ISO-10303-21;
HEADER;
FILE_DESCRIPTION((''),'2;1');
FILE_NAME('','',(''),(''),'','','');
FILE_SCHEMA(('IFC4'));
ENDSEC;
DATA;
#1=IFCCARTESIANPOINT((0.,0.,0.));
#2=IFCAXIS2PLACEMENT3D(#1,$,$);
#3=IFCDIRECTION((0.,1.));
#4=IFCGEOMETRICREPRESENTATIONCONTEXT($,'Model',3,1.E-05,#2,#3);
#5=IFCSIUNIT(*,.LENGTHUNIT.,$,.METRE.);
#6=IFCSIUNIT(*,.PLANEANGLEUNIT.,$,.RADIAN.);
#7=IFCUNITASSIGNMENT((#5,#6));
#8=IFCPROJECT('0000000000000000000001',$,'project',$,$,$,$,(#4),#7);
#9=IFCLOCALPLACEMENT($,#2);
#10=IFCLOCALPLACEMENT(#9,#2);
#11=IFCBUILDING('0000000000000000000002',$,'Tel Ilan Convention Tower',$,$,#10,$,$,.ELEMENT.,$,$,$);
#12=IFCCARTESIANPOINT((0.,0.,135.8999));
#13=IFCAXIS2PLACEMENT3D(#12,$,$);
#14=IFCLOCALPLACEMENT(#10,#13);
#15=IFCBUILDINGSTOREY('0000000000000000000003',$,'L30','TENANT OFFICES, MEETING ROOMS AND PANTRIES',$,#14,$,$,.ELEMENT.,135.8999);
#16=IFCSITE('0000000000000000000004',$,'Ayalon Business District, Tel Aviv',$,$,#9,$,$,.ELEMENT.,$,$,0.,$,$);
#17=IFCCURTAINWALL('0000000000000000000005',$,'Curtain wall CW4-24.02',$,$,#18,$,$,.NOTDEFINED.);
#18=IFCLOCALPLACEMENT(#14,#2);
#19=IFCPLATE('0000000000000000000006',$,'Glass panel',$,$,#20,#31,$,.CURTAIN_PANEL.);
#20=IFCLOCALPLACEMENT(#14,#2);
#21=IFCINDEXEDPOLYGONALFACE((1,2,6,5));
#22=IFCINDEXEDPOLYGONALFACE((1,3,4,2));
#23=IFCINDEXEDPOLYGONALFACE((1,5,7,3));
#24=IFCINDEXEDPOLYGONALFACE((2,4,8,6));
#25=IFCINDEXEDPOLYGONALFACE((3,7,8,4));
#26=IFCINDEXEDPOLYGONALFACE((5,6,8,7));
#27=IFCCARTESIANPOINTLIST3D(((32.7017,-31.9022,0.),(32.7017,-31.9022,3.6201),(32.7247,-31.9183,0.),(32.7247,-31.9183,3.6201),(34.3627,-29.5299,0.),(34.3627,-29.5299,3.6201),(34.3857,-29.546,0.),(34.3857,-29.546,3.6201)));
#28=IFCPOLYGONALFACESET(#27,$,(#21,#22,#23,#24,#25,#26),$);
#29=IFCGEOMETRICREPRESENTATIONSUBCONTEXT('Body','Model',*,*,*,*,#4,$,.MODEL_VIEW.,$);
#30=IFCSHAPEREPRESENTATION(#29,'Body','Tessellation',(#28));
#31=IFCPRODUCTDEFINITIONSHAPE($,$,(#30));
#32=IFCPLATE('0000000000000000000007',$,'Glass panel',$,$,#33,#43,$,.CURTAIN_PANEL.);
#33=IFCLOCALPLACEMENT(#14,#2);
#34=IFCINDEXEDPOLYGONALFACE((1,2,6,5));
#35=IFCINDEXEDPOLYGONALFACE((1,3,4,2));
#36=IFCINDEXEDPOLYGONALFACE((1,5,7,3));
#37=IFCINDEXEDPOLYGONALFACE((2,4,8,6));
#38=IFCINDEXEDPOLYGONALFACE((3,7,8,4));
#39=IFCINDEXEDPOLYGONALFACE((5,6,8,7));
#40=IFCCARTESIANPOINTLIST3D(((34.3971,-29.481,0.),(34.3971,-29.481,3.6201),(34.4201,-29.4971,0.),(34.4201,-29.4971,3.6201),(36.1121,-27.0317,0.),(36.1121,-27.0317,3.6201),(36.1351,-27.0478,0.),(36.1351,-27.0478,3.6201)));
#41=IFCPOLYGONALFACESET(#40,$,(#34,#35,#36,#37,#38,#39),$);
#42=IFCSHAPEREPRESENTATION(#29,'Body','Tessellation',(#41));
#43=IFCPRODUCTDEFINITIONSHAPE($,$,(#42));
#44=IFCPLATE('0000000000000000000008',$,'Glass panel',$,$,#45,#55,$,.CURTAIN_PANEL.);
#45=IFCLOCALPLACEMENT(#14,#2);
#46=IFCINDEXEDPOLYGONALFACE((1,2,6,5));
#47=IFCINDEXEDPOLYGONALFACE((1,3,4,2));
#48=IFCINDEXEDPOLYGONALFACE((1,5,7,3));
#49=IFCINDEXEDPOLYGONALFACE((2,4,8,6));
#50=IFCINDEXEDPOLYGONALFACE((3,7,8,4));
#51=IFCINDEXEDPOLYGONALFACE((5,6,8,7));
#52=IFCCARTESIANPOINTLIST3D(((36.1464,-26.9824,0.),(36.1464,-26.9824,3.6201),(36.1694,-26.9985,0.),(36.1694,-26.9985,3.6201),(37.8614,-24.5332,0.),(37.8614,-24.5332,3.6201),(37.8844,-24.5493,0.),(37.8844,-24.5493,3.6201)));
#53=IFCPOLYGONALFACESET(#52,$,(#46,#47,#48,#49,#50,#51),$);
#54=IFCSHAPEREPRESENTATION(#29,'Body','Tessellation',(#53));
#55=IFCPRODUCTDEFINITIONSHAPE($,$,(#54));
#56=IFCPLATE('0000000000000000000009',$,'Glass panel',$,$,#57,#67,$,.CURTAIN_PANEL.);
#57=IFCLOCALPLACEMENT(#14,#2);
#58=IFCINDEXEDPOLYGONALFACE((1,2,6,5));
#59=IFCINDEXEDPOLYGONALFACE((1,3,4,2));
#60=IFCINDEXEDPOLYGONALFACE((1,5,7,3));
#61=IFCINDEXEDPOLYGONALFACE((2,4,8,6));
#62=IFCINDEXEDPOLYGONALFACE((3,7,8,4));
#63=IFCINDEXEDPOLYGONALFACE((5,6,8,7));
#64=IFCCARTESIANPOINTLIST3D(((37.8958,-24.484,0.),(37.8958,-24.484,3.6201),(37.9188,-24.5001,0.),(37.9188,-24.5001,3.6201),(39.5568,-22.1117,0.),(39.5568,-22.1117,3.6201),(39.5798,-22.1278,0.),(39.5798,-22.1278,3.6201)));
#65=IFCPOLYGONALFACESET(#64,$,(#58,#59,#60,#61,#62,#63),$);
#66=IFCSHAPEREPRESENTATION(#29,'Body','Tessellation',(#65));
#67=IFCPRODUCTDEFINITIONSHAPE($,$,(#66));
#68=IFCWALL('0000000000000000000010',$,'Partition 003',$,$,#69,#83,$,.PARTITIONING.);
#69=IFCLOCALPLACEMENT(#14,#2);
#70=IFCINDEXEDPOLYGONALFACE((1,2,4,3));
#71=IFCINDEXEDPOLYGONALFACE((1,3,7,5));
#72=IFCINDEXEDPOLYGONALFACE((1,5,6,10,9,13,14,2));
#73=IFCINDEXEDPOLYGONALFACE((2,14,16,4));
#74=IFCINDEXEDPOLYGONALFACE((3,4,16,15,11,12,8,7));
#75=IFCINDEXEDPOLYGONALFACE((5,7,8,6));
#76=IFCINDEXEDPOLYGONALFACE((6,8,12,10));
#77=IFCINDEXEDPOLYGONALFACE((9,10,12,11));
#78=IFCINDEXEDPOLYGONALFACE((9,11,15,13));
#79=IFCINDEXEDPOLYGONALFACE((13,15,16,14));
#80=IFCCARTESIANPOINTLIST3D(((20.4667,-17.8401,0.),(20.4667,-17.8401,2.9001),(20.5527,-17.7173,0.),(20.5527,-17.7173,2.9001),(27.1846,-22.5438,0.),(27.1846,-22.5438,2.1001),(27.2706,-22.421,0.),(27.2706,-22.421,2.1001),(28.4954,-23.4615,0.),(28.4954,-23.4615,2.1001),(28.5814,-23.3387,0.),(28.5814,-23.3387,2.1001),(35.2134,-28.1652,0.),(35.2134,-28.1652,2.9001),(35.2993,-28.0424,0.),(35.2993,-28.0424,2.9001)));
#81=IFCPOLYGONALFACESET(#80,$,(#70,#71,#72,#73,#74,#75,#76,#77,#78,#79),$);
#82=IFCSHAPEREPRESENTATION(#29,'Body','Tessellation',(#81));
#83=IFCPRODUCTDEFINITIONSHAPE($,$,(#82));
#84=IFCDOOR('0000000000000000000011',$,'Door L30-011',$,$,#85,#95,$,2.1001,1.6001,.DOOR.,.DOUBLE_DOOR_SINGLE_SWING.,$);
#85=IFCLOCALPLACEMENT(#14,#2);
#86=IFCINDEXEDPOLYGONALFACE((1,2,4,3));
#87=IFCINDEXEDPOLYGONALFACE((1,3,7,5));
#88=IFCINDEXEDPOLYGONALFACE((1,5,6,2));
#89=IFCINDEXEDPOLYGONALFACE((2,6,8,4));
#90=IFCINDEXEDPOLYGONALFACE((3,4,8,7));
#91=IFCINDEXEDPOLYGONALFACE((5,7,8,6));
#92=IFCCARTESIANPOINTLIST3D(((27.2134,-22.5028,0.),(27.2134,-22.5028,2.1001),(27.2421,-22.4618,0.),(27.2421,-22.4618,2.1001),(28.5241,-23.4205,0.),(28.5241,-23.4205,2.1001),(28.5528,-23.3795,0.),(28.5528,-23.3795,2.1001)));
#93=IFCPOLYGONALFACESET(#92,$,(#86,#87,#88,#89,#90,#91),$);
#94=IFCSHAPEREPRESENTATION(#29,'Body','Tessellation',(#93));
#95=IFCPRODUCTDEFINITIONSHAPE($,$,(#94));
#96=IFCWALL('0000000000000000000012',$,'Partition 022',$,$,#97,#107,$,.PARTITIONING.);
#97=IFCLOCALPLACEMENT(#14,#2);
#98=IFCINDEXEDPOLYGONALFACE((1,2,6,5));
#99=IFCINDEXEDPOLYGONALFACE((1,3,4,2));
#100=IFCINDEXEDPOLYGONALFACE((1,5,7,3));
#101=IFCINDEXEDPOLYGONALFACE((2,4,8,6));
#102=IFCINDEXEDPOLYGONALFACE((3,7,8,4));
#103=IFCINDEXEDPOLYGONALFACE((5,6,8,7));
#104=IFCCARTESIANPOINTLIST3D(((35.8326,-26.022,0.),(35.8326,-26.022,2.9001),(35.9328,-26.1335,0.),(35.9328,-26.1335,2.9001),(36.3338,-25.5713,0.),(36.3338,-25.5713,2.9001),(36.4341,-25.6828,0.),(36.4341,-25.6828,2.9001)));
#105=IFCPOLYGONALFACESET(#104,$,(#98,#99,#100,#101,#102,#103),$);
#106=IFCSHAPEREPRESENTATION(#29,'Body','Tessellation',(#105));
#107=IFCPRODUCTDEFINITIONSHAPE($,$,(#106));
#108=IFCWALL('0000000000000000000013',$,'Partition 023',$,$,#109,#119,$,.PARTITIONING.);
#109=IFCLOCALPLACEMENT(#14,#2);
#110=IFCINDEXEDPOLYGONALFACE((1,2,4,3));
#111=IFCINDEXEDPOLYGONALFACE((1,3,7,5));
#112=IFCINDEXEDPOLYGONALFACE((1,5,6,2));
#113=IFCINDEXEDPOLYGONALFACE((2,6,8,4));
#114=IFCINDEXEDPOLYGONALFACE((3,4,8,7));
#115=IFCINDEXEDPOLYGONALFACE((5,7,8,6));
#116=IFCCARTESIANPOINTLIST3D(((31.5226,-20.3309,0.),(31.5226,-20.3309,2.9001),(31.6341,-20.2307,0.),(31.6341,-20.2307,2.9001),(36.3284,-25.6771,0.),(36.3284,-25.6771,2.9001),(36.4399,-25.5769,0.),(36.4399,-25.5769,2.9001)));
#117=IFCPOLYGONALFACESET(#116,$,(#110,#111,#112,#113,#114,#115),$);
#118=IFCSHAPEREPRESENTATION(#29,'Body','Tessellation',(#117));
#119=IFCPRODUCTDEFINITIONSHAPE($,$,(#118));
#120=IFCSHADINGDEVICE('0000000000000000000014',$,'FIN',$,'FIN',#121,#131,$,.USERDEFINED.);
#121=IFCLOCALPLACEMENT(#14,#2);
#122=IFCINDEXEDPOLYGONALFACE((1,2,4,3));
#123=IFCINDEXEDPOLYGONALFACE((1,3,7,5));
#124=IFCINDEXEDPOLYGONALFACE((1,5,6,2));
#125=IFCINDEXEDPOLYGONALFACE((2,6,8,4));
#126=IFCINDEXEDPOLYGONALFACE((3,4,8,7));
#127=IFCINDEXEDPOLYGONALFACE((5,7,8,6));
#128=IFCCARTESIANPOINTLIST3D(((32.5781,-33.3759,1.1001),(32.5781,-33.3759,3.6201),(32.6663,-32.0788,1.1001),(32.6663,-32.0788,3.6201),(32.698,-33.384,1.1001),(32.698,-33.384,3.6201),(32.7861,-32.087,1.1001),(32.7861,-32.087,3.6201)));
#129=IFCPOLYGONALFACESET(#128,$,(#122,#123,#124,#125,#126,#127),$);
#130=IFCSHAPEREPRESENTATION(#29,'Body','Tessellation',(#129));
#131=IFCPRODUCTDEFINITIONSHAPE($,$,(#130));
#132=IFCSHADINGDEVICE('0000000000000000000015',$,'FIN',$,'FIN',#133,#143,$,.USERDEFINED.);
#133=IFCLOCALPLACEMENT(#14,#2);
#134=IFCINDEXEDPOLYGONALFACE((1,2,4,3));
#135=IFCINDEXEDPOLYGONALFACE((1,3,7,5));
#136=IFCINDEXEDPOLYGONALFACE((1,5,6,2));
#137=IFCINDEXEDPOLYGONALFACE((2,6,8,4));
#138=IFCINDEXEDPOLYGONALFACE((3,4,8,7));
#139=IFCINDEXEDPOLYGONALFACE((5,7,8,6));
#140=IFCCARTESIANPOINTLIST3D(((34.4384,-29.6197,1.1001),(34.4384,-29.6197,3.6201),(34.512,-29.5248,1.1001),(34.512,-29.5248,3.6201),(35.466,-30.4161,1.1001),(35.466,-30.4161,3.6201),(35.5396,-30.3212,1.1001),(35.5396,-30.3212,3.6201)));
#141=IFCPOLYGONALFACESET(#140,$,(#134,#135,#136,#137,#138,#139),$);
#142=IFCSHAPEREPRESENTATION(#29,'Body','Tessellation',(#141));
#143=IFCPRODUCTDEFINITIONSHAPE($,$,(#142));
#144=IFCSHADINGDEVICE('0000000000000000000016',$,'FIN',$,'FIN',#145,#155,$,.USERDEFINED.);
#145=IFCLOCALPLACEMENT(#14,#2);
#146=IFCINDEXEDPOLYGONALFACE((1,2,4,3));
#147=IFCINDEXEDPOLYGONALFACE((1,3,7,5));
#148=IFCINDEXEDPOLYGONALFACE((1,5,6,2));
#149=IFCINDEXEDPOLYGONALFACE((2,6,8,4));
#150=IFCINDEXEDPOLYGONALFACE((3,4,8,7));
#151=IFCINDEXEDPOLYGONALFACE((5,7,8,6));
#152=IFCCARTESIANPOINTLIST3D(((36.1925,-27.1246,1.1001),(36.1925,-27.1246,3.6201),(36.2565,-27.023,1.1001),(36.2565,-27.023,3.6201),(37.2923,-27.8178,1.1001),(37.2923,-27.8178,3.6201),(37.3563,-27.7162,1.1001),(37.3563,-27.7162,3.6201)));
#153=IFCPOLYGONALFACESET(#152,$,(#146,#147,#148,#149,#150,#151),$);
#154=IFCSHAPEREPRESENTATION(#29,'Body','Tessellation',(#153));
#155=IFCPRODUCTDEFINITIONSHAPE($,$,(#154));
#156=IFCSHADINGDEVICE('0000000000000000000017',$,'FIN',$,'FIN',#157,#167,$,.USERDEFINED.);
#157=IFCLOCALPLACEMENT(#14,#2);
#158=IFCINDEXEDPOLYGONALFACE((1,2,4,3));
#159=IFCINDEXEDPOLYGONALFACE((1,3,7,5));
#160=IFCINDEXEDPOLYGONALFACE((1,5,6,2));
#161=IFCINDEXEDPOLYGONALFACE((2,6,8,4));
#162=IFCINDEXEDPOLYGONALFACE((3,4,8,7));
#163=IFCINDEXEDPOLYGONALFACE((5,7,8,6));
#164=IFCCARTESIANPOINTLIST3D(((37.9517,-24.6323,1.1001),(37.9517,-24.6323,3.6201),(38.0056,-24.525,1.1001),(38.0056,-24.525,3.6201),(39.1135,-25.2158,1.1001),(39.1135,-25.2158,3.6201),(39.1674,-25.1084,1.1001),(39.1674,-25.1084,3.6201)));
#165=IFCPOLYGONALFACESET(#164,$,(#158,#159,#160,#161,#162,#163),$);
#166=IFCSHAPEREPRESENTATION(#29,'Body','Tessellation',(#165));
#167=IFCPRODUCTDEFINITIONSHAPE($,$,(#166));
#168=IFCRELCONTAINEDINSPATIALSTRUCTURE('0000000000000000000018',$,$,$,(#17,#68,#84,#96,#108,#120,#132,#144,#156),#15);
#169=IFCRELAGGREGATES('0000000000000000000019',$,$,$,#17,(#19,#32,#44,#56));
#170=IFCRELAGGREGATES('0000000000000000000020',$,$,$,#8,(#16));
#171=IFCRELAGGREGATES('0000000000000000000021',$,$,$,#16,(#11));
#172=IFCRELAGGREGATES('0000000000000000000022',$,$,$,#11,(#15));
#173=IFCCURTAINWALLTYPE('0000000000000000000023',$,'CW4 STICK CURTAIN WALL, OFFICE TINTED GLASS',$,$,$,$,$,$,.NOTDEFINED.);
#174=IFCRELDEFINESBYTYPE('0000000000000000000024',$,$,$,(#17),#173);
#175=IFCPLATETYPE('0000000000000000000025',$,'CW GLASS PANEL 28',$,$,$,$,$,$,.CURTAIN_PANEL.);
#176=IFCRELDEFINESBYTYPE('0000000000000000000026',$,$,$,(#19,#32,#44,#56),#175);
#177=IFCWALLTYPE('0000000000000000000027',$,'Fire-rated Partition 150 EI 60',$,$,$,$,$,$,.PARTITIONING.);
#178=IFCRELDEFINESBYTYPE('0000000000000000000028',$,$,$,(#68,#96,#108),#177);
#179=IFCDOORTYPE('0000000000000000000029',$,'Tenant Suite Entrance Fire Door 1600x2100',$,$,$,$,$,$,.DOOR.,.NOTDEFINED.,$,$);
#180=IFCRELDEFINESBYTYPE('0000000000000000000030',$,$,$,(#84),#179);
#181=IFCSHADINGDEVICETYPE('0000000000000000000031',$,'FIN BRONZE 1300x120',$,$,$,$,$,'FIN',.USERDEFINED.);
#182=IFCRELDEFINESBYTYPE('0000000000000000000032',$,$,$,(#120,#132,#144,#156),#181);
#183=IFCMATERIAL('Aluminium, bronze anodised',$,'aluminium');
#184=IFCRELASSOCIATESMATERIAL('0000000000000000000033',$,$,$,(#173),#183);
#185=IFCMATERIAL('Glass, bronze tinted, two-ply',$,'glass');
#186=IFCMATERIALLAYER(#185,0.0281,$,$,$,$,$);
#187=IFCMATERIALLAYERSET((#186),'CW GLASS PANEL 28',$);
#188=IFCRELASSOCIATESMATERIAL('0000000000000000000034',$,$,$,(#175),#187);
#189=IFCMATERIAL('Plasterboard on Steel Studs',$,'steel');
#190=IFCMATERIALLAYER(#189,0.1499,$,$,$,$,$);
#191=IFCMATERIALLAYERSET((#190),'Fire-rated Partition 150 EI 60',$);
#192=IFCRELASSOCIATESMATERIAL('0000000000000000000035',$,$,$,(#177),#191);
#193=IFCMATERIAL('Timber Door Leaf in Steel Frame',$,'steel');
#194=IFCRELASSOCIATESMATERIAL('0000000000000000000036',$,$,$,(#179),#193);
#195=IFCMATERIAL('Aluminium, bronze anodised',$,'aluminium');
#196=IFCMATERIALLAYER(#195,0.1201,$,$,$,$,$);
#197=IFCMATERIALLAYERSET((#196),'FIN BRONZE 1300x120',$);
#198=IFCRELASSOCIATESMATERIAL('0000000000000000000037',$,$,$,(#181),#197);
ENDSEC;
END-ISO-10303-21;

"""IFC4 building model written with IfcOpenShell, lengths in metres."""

from ifc_helpers import new_model, si_unit, direction, frame, frame_2d, origin, origin_2d, place, context, subcontext, project, spatial, rectangle, extrude, material, layer, layer_set, type_object, element, fill, aggregate, save


model = new_model("IFC4")

# Units and contexts
model_context = context("Model", 3, precision=1e-05, world=origin(), true_north=direction((0.0, 1.0)))
body_context = subcontext(model_context, "Body", "Model", "MODEL_VIEW")
ifc_project = project(units=[si_unit("LENGTHUNIT", "METRE"), si_unit("PLANEANGLEUNIT", "RADIAN")], contexts=[model_context])

# Site, building, storey
site_placement = place(None, origin())
site = spatial("IfcSite", under=ifc_project, at=site_placement, Name="Ayalon Business District, Tel Aviv", CompositionType="ELEMENT", RefElevation=0.0)
building_placement = place(site_placement, origin())
building = spatial("IfcBuilding", under=site, at=building_placement, Name="Tel Ilan Convention Tower", CompositionType="ELEMENT")
storey_placement = place(building_placement, frame((0.0, 0.0, 135.8999)))
storey = spatial("IfcBuildingStorey", under=building, at=storey_placement, Name="L30", Description="TENANT OFFICES, MEETING ROOMS AND PANTRIES", CompositionType="ELEMENT", Elevation=135.8999)

# Curtain wall, plates
ifc_material_1 = material(Name="Aluminium, bronze anodised", Category="aluminium")
curtain_wall_type = type_object("IfcCurtainWallType", Name="CW4 STICK CURTAIN WALL, OFFICE TINTED GLASS", PredefinedType="NOTDEFINED", material=ifc_material_1)
curtain_wall_placement = place(storey_placement, origin())
curtain_wall = element("IfcCurtainWall", 1, at=curtain_wall_placement, inside=storey, type_object=curtain_wall_type, Name="Curtain wall CW4-24.02", PredefinedType="NOTDEFINED")
ifc_material_2 = material(Name="Glass, bronze tinted, two-ply", Category="glass")
ifc_layer_1 = layer(ifc_material_2, 0.0281)
ifc_layer_set_1 = layer_set([ifc_layer_1], Name="CW GLASS PANEL 28")
plate_type = type_object("IfcPlateType", Name="CW GLASS PANEL 28", PredefinedType="CURTAIN_PANEL", material=ifc_layer_set_1)
plate_1_placement = place(storey_placement, frame((33.5437, -30.7241, 0.0), z_axis=(0.0, 0.0, 1.0), x_axis=(0.573576, 0.819152, 0.0)))
plate_1 = element("IfcPlate", 2, at=plate_1_placement, type_object=plate_type, Name="Glass panel", PredefinedType="CURTAIN_PANEL", context=body_context, shape_type="SweptSolid", body=[
    extrude(rectangle(XDim=2.896, YDim=0.0281, at=origin_2d()), origin(), (0.0, 0.0, 1.0), 3.6201),
])
plate_2_placement = place(storey_placement, frame((35.2661, -28.2644, 0.0), z_axis=(0.0, 0.0, 1.0), x_axis=(0.573576, 0.819152, 0.0)))
plate_2 = element("IfcPlate", 3, at=plate_2_placement, type_object=plate_type, Name="Glass panel", PredefinedType="CURTAIN_PANEL", context=body_context, shape_type="SweptSolid", body=[
    extrude(rectangle(XDim=2.99, YDim=0.0281, at=origin_2d()), origin(), (0.0, 0.0, 1.0), 3.6201),
])
plate_3_placement = place(storey_placement, frame((37.0154, -25.7659, 0.0), z_axis=(0.0, 0.0, 1.0), x_axis=(0.573576, 0.819152, 0.0)))
plate_3 = element("IfcPlate", 4, at=plate_3_placement, type_object=plate_type, Name="Glass panel", PredefinedType="CURTAIN_PANEL", context=body_context, shape_type="SweptSolid", body=[
    extrude(rectangle(XDim=2.99, YDim=0.0281, at=origin_2d()), origin(), (0.0, 0.0, 1.0), 3.6201),
])
plate_4_placement = place(storey_placement, frame((38.7378, -23.3059, 0.0), z_axis=(0.0, 0.0, 1.0), x_axis=(0.573576, 0.819152, 0.0)))
plate_4 = element("IfcPlate", 5, at=plate_4_placement, type_object=plate_type, Name="Glass panel", PredefinedType="CURTAIN_PANEL", context=body_context, shape_type="SweptSolid", body=[
    extrude(rectangle(XDim=2.896, YDim=0.0281, at=origin_2d()), origin(), (0.0, 0.0, 1.0), 3.6201),
])
aggregate(curtain_wall, [plate_1, plate_2, plate_3, plate_4])

# Wall, opening, door
ifc_material_3 = material(Name="Plasterboard on Steel Studs", Category="steel")
ifc_layer_2 = layer(ifc_material_3, 0.1499)
ifc_layer_set_2 = layer_set([ifc_layer_2], Name="Fire-rated Partition 150 EI 60")
wall_type = type_object("IfcWallType", Name="Fire-rated Partition 150 EI 60", PredefinedType="PARTITIONING", material=ifc_layer_set_2)
wall_1_placement = place(storey_placement, frame((35.2563, -28.1038, 0.0), z_axis=(0.0, 0.0, 1.0), x_axis=(-0.819171, 0.57355, 0.0)))
wall_1 = element("IfcWall", 6, at=wall_1_placement, inside=storey, type_object=wall_type, Name="Partition 003", PredefinedType="PARTITIONING", context=body_context, shape_type="SweptSolid", body=[
    extrude(rectangle(XDim=18.002, YDim=0.1499, at=frame_2d((9.001, 0.0))), origin(), (0.0, 0.0, 1.0), 2.9001),
])
opening_placement = place(wall_1_placement, frame((8.2009, 0.0, 0.0)))
opening = element("IfcOpeningElement", 7, at=opening_placement, cuts=wall_1, PredefinedType="OPENING", context=body_context, shape_type="SweptSolid", body=[
    extrude(rectangle(XDim=1.6001, YDim=2.1001, at=frame_2d((0.8, 1.05))), frame((0.0, 0.085, 0.0), z_axis=(0.0, -1.0, 0.0), x_axis=(1.0, 0.0, 0.0)), (0.0, 0.0, 1.0), 0.1699),
])
ifc_material_4 = material(Name="Timber Door Leaf in Steel Frame", Category="steel")
door_type = type_object("IfcDoorType", Name="Tenant Suite Entrance Fire Door 1600x2100", OperationType="NOTDEFINED", PredefinedType="DOOR", material=ifc_material_4)
door_placement = place(opening_placement, origin())
door = element("IfcDoor", 8, at=door_placement, inside=storey, type_object=door_type, Name="Door L30-011", OperationType="DOUBLE_DOOR_SINGLE_SWING", OverallHeight=2.1001, OverallWidth=1.6001, PredefinedType="DOOR", context=body_context, shape_type="SweptSolid", body=[
    extrude(rectangle(XDim=1.6001, YDim=2.1001, at=frame_2d((0.8, 1.05))), frame((0.0, 0.0249, 0.0), z_axis=(0.0, -1.0, 0.0), x_axis=(1.0, 0.0, 0.0)), (0.0, 0.0, 1.0), 0.05),
])
fill(opening, door)

# Walls
wall_2_placement = place(storey_placement, frame((35.8828, -26.0776, 0.0), z_axis=(0.0, 0.0, 1.0), x_axis=(0.7436, 0.668624, 0.0)))
element("IfcWall", 9, at=wall_2_placement, inside=storey, type_object=wall_type, Name="Partition 022", PredefinedType="PARTITIONING", context=body_context, shape_type="SweptSolid", body=[
    extrude(rectangle(XDim=0.6741, YDim=0.1499, at=frame_2d((0.3369, 0.0))), origin(), (0.0, 0.0, 1.0), 2.9001),
])
wall_3_placement = place(storey_placement, frame((36.384, -25.627, 0.0), z_axis=(0.0, 0.0, 1.0), x_axis=(-0.668511, 0.743703, 0.0)))
element("IfcWall", 10, at=wall_3_placement, inside=storey, type_object=wall_type, Name="Partition 023", PredefinedType="PARTITIONING", context=body_context, shape_type="SweptSolid", body=[
    extrude(rectangle(XDim=7.1887, YDim=0.1499, at=frame_2d((3.5942, 0.0))), origin(), (0.0, 0.0, 1.0), 2.9001),
])

# Shading devices
ifc_material_5 = material(Name="Aluminium, bronze anodised", Category="aluminium")
ifc_layer_3 = layer(ifc_material_5, 0.1201)
ifc_layer_set_3 = layer_set([ifc_layer_3], Name="FIN BRONZE 1300x120")
shading_device_type = type_object("IfcShadingDeviceType", Name="FIN BRONZE 1300x120", ElementType="FIN", PredefinedType="USERDEFINED", material=ifc_layer_set_3)
for number, where, z_axis, x_axis, name in (
    (11, (32.6821, -32.7314, 1.1001), (0.0, 0.0, 1.0), (-0.067822, -0.997697, 0.0), "FIN"),
    (12, (34.989, -29.9705, 1.1001), (0.0, 0.0, 1.0), (0.790393, -0.612601, 0.0), "FIN"),
    (13, (36.7744, -27.4204, 1.1001), (0.0, 0.0, 1.0), (0.845986, -0.533204, 0.0), "FIN"),
    (14, (38.5596, -24.8704, 1.1001), (0.0, 0.0, 1.0), (0.893633, -0.448799, 0.0), "FIN"),
):
    element("IfcShadingDevice", number, at=place(storey_placement, frame(where, z_axis=z_axis, x_axis=x_axis)), inside=storey, type_object=shading_device_type, Name=name, ObjectType="FIN", PredefinedType="USERDEFINED", context=body_context, shape_type="SweptSolid", body=[
        extrude(rectangle(XDim=1.3, YDim=0.1201, at=origin_2d()), origin(), (0.0, 0.0, 1.0), 2.52),
    ])

save(model, "model.ifc")
